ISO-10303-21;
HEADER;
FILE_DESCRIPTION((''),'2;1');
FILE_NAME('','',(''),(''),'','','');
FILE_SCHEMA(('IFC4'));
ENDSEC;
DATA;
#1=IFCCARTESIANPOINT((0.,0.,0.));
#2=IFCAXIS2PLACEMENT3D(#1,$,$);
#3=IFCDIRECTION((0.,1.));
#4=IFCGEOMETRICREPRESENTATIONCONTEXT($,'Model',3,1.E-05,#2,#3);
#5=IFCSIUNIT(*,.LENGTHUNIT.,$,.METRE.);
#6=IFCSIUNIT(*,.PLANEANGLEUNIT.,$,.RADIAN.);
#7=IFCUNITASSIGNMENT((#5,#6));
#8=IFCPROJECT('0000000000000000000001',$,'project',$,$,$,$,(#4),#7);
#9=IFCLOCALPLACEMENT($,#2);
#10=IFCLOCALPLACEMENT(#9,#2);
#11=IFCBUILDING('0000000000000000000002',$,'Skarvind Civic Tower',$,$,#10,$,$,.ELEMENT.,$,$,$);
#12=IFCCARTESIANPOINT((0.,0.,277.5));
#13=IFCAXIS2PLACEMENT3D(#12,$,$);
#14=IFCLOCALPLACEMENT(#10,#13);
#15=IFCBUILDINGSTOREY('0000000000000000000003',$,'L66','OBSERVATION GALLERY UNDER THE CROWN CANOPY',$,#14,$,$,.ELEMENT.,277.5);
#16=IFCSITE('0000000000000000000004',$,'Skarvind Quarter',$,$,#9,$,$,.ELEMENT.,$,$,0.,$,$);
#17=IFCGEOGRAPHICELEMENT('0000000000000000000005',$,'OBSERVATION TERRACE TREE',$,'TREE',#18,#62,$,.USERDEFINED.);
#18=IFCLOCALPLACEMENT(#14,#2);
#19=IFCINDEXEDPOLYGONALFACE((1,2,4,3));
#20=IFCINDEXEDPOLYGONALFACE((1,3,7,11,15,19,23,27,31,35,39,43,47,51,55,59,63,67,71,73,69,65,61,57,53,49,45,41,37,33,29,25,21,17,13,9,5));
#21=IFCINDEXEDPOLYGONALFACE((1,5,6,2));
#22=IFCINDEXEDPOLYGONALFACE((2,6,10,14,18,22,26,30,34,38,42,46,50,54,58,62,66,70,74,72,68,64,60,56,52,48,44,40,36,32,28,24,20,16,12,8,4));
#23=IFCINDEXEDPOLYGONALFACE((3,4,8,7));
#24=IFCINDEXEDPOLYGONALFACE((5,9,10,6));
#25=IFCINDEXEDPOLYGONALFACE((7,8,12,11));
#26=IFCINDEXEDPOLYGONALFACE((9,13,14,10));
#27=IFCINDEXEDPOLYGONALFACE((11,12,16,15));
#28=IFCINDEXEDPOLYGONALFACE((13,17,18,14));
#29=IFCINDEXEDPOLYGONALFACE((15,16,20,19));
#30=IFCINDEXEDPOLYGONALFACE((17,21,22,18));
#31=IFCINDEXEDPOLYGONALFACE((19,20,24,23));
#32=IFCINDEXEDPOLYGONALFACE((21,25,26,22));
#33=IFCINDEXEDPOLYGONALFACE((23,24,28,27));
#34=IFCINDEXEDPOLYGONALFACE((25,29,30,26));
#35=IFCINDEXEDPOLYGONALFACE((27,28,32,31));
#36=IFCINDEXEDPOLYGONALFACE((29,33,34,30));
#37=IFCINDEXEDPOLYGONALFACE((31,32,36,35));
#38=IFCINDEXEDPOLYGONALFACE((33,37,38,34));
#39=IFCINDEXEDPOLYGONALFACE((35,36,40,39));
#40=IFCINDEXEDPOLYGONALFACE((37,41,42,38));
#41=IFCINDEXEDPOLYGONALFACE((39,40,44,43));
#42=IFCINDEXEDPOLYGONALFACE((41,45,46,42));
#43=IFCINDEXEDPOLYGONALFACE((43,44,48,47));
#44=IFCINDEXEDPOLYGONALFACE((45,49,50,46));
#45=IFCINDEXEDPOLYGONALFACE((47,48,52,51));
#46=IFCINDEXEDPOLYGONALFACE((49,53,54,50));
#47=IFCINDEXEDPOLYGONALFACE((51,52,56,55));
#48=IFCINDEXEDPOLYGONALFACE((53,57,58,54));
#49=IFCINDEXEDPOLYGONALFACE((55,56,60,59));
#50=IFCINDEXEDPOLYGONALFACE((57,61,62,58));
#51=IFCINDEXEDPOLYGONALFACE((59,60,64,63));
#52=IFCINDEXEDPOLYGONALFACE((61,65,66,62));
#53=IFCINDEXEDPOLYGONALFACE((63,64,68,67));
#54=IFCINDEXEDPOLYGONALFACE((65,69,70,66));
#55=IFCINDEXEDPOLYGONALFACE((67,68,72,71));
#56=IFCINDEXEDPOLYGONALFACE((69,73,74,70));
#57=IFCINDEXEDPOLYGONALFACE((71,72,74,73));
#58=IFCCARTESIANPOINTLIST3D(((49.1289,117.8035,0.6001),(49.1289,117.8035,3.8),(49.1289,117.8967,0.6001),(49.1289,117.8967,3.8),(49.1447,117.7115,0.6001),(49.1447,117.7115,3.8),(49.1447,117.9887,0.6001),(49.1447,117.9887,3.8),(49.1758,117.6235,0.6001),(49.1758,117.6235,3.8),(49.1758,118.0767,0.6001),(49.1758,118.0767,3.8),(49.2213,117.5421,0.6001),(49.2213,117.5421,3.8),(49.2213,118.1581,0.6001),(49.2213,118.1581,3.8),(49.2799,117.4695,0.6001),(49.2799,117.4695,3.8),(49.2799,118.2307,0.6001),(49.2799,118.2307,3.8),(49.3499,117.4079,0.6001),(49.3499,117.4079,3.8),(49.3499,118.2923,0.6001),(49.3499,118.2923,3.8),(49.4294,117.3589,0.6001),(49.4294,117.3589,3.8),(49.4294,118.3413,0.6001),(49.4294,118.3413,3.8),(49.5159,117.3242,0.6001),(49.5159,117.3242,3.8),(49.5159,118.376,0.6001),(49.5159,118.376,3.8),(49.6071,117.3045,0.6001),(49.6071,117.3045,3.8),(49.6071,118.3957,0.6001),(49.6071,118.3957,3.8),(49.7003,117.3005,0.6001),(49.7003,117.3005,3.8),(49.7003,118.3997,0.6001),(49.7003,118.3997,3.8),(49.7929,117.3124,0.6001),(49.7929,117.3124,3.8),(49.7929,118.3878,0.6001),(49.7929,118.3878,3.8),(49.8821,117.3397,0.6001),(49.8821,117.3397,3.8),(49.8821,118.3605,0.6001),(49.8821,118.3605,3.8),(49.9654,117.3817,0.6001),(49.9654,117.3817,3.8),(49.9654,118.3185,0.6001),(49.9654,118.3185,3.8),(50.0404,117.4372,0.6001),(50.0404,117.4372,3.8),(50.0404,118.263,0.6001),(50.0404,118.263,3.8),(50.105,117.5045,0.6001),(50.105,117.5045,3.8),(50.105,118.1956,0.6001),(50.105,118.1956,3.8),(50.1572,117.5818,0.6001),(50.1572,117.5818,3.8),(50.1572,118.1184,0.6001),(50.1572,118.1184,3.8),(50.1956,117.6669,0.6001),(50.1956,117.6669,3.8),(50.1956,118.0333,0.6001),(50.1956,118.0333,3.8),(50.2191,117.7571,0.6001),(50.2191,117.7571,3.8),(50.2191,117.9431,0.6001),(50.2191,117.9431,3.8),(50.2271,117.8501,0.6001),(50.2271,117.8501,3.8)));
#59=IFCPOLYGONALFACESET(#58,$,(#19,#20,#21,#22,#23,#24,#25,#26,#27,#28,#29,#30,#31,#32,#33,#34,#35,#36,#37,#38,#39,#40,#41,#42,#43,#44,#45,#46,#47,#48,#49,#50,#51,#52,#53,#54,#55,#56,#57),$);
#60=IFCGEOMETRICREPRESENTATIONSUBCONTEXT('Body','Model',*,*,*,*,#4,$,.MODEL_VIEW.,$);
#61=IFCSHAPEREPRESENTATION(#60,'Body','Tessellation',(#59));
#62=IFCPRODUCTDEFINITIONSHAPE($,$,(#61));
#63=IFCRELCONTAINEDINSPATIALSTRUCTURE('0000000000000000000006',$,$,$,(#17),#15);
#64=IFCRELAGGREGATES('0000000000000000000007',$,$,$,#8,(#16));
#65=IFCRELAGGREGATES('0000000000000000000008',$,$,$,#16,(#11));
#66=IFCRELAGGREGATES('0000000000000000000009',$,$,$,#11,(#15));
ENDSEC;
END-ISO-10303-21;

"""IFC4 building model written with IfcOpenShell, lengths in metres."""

from ifc_helpers import new_model, si_unit, direction, frame, origin, origin_2d, place, context, subcontext, project, spatial, circle, extrude, element, save


model = new_model("IFC4")

# Units and contexts
model_context = context("Model", 3, precision=1e-05, world=origin(), true_north=direction((0.0, 1.0)))
body_context = subcontext(model_context, "Body", "Model", "MODEL_VIEW")
ifc_project = project(units=[si_unit("LENGTHUNIT", "METRE"), si_unit("PLANEANGLEUNIT", "RADIAN")], contexts=[model_context])

# Site, building, storey
site_placement = place(None, origin())
site = spatial("IfcSite", under=ifc_project, at=site_placement, Name="Skarvind Quarter", CompositionType="ELEMENT", RefElevation=0.0)
building_placement = place(site_placement, origin())
building = spatial("IfcBuilding", under=site, at=building_placement, Name="Skarvind Civic Tower", CompositionType="ELEMENT")
storey_placement = place(building_placement, frame((0.0, 0.0, 277.5)))
storey = spatial("IfcBuildingStorey", under=building, at=storey_placement, Name="L66", Description="OBSERVATION GALLERY UNDER THE CROWN CANOPY", CompositionType="ELEMENT", Elevation=277.5)

# Geographic element
for number, where, z_axis, x_axis, name in (
    (1, (49.677, 117.8501, 0.6001), (0.0, 0.0, 1.0), (1.0, 0.0, 0.0), "OBSERVATION TERRACE TREE"),
):
    element("IfcGeographicElement", number, at=place(storey_placement, frame(where, z_axis=z_axis, x_axis=x_axis)), inside=storey, Name=name, ObjectType="TREE", PredefinedType="USERDEFINED", context=body_context, shape_type="SweptSolid", body=[
        extrude(circle(Radius=0.55, at=origin_2d()), origin(), (0.0, 0.0, 1.0), 3.2),
    ])

save(model, "model.ifc")
